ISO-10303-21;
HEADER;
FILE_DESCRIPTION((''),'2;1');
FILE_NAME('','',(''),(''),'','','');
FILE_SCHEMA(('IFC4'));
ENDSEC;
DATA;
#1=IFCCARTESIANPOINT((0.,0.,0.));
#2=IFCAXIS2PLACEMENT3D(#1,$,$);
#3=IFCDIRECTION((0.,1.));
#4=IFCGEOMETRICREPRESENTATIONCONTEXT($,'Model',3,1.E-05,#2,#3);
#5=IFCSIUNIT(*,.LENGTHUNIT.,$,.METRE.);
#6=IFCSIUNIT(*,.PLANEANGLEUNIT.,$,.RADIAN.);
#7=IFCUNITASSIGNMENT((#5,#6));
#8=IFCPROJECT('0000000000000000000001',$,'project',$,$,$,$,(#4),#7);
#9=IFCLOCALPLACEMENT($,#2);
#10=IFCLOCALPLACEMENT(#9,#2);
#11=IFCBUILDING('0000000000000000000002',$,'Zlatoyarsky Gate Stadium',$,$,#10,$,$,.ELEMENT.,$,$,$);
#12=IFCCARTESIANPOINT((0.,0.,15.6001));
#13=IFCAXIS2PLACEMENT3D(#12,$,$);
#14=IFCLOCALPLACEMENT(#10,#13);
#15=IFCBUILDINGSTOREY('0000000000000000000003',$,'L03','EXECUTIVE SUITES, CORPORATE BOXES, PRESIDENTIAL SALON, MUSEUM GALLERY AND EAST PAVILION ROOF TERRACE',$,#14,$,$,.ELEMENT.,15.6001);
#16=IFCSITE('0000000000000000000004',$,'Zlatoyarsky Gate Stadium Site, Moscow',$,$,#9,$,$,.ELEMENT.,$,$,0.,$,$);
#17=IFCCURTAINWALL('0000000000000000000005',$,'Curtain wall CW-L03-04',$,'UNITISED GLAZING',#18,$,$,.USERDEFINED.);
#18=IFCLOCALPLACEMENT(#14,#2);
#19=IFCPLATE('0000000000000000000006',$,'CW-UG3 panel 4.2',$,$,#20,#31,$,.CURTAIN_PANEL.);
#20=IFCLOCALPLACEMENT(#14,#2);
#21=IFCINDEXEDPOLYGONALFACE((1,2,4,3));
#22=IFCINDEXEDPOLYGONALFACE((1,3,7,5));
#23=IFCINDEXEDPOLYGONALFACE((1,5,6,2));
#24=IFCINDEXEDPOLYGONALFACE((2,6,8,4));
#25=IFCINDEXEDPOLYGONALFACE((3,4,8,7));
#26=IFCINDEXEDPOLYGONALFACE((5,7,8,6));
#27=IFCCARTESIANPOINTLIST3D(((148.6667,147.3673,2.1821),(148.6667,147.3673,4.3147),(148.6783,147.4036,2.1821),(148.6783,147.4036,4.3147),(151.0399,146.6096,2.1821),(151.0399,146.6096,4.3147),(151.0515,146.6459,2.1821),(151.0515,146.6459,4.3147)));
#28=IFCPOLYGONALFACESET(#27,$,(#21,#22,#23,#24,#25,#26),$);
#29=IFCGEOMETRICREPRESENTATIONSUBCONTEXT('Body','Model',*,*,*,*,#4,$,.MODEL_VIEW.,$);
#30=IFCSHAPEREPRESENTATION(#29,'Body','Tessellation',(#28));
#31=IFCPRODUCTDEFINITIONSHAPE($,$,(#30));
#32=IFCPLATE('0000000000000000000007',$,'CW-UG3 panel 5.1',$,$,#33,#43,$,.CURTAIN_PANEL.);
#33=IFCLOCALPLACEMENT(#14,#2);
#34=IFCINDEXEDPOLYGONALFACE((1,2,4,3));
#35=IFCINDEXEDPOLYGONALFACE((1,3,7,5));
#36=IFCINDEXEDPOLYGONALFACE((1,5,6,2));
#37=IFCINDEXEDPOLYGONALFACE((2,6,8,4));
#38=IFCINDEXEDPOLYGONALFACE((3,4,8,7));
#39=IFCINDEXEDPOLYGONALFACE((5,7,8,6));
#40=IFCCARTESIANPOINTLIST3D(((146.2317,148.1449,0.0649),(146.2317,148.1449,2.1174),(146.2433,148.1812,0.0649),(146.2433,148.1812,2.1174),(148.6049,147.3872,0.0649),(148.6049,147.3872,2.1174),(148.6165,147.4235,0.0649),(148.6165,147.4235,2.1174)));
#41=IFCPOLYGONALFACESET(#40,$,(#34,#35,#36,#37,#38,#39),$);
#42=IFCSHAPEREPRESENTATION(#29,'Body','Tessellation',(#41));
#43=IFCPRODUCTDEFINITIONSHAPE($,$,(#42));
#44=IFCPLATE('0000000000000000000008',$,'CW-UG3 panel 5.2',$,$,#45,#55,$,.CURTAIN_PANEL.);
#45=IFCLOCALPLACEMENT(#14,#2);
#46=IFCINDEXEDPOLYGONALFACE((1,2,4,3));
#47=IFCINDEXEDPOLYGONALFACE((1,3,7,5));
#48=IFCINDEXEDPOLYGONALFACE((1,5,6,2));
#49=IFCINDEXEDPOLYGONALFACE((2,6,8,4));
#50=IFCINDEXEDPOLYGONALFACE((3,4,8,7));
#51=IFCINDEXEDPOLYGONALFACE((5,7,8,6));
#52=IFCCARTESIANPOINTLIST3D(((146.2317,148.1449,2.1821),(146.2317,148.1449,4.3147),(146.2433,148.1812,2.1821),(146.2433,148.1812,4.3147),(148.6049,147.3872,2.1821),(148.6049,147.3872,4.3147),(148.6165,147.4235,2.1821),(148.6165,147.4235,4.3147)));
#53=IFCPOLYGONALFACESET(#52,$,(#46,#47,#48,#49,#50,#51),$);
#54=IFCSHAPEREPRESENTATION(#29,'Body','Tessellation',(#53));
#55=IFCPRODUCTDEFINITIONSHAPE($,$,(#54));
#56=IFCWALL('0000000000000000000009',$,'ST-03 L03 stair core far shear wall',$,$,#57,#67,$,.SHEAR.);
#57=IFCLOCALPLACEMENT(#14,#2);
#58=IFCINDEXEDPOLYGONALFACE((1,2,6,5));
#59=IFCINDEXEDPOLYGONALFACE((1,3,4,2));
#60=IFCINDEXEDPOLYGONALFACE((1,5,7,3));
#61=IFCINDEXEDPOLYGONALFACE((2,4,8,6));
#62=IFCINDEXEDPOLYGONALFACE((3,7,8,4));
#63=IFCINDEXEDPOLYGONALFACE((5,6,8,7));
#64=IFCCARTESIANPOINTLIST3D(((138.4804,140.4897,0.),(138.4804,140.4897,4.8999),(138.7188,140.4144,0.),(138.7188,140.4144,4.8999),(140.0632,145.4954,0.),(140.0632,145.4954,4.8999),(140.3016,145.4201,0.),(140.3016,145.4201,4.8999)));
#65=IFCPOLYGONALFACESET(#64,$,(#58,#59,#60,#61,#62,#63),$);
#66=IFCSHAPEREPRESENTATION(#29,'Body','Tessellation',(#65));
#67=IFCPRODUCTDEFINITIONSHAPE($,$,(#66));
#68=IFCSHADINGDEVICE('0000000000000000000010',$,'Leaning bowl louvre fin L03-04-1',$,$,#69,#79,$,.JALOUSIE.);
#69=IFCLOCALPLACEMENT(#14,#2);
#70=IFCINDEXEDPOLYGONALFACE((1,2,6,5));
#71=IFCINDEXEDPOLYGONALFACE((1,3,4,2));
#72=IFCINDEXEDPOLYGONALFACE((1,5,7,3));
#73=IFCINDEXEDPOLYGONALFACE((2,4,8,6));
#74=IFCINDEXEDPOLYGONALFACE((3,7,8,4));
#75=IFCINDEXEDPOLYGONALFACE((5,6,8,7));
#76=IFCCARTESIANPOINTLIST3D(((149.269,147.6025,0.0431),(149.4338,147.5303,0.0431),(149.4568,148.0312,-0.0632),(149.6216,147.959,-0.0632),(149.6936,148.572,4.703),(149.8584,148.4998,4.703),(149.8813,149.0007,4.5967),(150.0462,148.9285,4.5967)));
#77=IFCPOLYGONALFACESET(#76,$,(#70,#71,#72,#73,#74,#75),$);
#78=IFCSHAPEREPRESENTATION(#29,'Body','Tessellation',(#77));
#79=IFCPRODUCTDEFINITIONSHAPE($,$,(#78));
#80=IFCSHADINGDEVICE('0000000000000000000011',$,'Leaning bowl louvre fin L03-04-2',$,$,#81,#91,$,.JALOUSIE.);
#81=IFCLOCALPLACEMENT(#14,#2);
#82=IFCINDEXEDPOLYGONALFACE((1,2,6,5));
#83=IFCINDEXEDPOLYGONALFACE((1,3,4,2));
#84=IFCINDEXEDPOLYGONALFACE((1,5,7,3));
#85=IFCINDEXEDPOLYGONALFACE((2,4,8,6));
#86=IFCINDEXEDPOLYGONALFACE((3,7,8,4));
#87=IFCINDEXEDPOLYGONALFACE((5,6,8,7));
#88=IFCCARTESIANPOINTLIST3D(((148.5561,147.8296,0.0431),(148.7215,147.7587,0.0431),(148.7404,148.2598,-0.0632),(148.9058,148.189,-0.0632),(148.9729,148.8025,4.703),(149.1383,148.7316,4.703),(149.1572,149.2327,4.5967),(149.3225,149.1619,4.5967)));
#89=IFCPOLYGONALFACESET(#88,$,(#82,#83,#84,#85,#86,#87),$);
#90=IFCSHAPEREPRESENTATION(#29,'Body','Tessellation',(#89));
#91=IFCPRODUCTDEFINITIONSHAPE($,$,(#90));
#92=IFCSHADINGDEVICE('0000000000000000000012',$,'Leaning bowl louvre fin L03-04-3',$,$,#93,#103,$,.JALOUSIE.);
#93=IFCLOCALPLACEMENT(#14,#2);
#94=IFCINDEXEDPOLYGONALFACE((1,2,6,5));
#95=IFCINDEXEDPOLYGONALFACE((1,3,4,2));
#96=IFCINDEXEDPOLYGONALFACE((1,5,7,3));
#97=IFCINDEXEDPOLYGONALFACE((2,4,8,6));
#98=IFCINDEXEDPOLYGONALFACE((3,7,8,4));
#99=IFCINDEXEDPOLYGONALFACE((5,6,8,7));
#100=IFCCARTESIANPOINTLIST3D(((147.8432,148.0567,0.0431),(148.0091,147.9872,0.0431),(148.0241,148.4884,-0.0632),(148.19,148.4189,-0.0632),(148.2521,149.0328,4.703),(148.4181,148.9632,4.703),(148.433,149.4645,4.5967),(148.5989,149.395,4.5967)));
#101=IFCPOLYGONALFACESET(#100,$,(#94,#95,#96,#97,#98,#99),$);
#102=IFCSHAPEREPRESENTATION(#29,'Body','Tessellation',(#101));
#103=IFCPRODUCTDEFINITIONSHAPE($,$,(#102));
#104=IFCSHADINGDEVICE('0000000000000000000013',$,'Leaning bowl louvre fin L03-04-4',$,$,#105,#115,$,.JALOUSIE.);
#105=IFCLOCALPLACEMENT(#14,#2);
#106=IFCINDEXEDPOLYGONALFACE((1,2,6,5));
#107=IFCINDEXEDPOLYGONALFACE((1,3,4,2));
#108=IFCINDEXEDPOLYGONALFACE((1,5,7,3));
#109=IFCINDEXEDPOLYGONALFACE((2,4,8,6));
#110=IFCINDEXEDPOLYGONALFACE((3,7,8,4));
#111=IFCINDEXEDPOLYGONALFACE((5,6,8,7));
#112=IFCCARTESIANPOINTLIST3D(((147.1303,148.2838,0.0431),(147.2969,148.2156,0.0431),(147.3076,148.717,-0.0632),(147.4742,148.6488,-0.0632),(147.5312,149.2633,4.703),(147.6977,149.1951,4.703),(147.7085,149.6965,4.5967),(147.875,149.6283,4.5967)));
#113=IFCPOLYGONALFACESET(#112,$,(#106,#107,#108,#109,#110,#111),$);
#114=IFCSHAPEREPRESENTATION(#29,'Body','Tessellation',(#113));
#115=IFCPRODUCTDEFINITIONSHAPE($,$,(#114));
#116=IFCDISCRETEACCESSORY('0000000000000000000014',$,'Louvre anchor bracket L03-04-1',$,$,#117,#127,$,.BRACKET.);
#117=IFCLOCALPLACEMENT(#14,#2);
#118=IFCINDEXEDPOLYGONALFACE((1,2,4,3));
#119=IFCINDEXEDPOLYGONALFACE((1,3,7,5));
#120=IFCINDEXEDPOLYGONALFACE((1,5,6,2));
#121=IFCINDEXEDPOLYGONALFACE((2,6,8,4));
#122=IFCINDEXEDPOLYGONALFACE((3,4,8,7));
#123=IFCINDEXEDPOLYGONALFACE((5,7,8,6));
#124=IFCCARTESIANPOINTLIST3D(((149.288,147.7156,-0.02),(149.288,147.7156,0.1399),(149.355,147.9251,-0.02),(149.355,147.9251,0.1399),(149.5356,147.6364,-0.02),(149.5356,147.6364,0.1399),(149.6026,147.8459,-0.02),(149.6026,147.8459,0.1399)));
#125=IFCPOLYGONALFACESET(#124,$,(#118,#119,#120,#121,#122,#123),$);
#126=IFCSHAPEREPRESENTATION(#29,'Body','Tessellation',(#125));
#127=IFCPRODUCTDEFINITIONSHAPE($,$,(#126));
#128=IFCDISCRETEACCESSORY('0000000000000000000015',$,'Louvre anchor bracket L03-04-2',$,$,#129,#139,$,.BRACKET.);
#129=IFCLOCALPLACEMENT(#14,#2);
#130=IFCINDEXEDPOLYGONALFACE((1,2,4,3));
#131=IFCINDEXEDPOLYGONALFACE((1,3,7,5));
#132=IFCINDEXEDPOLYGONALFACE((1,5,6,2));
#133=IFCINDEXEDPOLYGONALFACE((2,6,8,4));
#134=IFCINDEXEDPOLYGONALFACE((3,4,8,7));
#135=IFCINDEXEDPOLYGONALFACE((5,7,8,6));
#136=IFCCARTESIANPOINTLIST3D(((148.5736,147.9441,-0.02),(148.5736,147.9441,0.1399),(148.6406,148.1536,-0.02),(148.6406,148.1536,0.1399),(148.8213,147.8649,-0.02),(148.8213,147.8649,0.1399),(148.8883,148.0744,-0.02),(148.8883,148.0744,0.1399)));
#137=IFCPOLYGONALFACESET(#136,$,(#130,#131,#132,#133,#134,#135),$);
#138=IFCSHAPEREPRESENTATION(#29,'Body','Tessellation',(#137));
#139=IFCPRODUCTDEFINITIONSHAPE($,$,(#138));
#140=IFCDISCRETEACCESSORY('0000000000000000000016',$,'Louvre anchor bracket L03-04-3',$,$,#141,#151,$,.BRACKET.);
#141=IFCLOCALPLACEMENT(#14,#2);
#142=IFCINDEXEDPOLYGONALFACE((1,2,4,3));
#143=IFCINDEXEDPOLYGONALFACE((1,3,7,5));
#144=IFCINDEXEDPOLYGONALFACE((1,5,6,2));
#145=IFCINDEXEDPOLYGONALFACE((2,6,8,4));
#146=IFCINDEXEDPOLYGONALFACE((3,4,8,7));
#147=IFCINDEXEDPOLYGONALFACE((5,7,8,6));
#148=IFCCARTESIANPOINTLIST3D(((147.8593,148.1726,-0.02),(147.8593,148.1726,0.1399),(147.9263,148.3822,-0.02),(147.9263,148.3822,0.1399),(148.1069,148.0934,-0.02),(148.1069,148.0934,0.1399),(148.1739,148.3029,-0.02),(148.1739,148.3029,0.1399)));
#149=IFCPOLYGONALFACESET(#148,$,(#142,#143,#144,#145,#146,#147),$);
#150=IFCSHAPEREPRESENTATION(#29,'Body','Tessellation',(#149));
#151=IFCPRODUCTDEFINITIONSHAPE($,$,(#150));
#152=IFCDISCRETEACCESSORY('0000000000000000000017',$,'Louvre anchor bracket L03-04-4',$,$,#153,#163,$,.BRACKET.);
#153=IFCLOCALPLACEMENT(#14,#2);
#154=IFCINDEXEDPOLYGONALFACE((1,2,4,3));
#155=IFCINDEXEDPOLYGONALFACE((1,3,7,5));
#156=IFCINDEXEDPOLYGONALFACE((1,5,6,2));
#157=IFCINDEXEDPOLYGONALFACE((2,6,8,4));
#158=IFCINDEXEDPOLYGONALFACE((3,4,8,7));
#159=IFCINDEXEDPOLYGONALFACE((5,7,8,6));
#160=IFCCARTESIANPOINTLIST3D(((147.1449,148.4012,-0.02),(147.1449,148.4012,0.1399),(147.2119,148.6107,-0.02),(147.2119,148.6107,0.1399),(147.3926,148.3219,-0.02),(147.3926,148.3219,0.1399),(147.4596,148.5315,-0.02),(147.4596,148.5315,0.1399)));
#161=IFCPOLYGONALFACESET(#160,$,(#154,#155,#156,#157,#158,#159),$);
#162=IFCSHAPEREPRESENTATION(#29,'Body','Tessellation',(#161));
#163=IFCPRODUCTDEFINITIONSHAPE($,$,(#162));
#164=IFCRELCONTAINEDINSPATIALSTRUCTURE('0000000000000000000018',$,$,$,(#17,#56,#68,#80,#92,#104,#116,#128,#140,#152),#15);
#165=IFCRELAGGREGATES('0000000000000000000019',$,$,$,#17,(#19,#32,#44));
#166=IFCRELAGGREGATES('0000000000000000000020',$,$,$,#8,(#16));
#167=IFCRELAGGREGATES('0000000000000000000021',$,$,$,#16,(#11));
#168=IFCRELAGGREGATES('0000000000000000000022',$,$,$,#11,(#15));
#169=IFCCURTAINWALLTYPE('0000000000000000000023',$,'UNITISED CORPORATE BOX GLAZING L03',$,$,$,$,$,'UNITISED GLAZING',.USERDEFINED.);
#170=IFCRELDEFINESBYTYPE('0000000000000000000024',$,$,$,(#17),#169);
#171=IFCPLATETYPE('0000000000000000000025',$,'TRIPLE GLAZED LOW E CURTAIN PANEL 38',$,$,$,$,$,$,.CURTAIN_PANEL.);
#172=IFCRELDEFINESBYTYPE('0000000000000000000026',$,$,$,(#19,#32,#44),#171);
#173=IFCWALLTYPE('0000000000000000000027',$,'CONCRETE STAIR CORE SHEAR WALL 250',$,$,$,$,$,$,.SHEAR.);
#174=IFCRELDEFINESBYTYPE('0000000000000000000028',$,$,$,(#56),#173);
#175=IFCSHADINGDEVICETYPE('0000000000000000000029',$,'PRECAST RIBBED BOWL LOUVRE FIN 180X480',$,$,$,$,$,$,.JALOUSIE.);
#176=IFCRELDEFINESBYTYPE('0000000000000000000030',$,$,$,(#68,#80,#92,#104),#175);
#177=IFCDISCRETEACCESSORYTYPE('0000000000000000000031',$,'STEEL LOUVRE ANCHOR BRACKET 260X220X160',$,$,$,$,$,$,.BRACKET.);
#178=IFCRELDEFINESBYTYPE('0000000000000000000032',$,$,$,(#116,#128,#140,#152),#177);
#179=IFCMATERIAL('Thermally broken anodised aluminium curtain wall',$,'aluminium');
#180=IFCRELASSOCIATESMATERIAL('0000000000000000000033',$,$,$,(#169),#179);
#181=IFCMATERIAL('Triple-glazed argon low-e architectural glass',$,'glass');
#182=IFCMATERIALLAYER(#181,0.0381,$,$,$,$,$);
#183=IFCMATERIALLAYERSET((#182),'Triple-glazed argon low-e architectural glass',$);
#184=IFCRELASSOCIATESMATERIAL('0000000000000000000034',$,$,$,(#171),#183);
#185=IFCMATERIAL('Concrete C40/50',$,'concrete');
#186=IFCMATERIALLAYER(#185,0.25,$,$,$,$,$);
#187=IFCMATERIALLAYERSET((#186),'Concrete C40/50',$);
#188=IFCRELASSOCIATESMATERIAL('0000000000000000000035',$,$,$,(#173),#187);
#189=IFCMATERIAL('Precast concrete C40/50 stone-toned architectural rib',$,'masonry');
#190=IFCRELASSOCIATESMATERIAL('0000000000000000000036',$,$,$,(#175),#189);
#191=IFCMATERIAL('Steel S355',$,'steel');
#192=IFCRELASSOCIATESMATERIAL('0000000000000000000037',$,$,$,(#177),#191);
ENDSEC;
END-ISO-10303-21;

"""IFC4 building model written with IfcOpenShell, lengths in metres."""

from ifc_helpers import new_model, si_unit, direction, frame, frame_2d, origin, origin_2d, place, context, subcontext, project, spatial, rectangle, extrude, material, layer, layer_set, material_profile, profile_set, type_object, element, aggregate, save


model = new_model("IFC4")

# Units and contexts
model_context = context("Model", 3, precision=1e-05, world=origin(), true_north=direction((0.0, 1.0)))
body_context = subcontext(model_context, "Body", "Model", "MODEL_VIEW")
ifc_project = project(units=[si_unit("LENGTHUNIT", "METRE"), si_unit("PLANEANGLEUNIT", "RADIAN")], contexts=[model_context])

# Site, building, storey
site_placement = place(None, origin())
site = spatial("IfcSite", under=ifc_project, at=site_placement, Name="Zlatoyarsky Gate Stadium Site, Moscow", CompositionType="ELEMENT", RefElevation=0.0)
building_placement = place(site_placement, origin())
building = spatial("IfcBuilding", under=site, at=building_placement, Name="Zlatoyarsky Gate Stadium", CompositionType="ELEMENT")
storey_placement = place(building_placement, frame((0.0, 0.0, 15.6001)))
storey = spatial("IfcBuildingStorey", under=building, at=storey_placement, Name="L03", Description="EXECUTIVE SUITES, CORPORATE BOXES, PRESIDENTIAL SALON, MUSEUM GALLERY AND EAST PAVILION ROOF TERRACE", CompositionType="ELEMENT", Elevation=15.6001)

# Curtain wall
ifc_material_1 = material(Name="Thermally broken anodised aluminium curtain wall", Category="aluminium")
curtain_wall_type = type_object("IfcCurtainWallType", Name="UNITISED CORPORATE BOX GLAZING L03", ElementType="UNITISED GLAZING", PredefinedType="USERDEFINED", material=ifc_material_1)
curtain_wall_placement = place(storey_placement, origin())
curtain_wall = element("IfcCurtainWall", 1, at=curtain_wall_placement, inside=storey, type_object=curtain_wall_type, Name="Curtain wall CW-L03-04", ObjectType="UNITISED GLAZING", PredefinedType="USERDEFINED")

# Shared definitions
ifc_material_2 = material(Name="Steel S355", Category="steel")

# Plates
ifc_material_3 = material(Name="Triple-glazed argon low-e architectural glass", Category="glass")
ifc_layer_1 = layer(ifc_material_3, 0.0381)
ifc_layer_set_1 = layer_set([ifc_layer_1], Name="Triple-glazed argon low-e architectural glass")
plate_type_1 = type_object("IfcPlateType", Name="TRIPLE GLAZED LOW E CURTAIN PANEL 38", PredefinedType="CURTAIN_PANEL", material=ifc_layer_set_1)
plate_1_placement = place(storey_placement, frame((149.8591, 147.0066, 2.1821), z_axis=(0.0, 0.0, 1.0), x_axis=(-0.95262, 0.304162, 0.0)))
plate_1 = element("IfcPlate", 2, at=plate_1_placement, type_object=plate_type_1, Name="CW-UG3 panel 4.2", PredefinedType="CURTAIN_PANEL", context=body_context, shape_type="SweptSolid", body=[
    extrude(rectangle(XDim=2.4912, YDim=0.0381, at=origin_2d()), origin(), (0.0, 0.0, 1.0), 2.1326),
])
plate_2_placement = place(storey_placement, frame((147.4241, 147.7842, 0.0649), z_axis=(0.0, 0.0, 1.0), x_axis=(-0.95262, 0.304162, 0.0)))
plate_2 = element("IfcPlate", 3, at=plate_2_placement, type_object=plate_type_1, Name="CW-UG3 panel 5.1", PredefinedType="CURTAIN_PANEL", context=body_context, shape_type="SweptSolid", body=[
    extrude(rectangle(XDim=2.4912, YDim=0.0381, at=origin_2d()), origin(), (0.0, 0.0, 1.0), 2.0525),
])
plate_3_placement = place(storey_placement, frame((147.4241, 147.7842, 2.1821), z_axis=(0.0, 0.0, 1.0), x_axis=(-0.95262, 0.304162, 0.0)))
plate_3 = element("IfcPlate", 4, at=plate_3_placement, type_object=plate_type_1, Name="CW-UG3 panel 5.2", PredefinedType="CURTAIN_PANEL", context=body_context, shape_type="SweptSolid", body=[
    extrude(rectangle(XDim=2.4912, YDim=0.0381, at=origin_2d()), origin(), (0.0, 0.0, 1.0), 2.1326),
])
aggregate(curtain_wall, [plate_1, plate_2, plate_3])

# Wall
ifc_material_4 = material(Name="Concrete C40/50", Category="concrete")
ifc_layer_2 = layer(ifc_material_4, 0.25)
ifc_layer_set_2 = layer_set([ifc_layer_2], Name="Concrete C40/50")
wall_type = type_object("IfcWallType", Name="CONCRETE STAIR CORE SHEAR WALL 250", PredefinedType="SHEAR", material=ifc_layer_set_2)
wall_placement = place(storey_placement, frame((140.1824, 145.4578, 0.0), z_axis=(0.0, 0.0, 1.0), x_axis=(-0.301485, -0.953471, 0.0)))
element("IfcWall", 5, at=wall_placement, inside=storey, type_object=wall_type, Name="ST-03 L03 stair core far shear wall", PredefinedType="SHEAR", context=body_context, shape_type="SweptSolid", body=[
    extrude(rectangle(XDim=5.25, YDim=0.25, at=frame_2d((2.625, 0.0))), origin(), (0.0, 0.0, 1.0), 4.8999),
])

# Shading devices
ifc_material_5 = material(Name="Precast concrete C40/50 stone-toned architectural rib", Category="masonry")
ifc_material_profile_1 = material_profile(ifc_material_5, rectangle(XDim=0.1799, YDim=0.48, at=origin_2d()), Name="RIB 180X480")
ifc_profile_set_1 = profile_set([ifc_material_profile_1], Name="Precast concrete C40/50 stone-toned architectural rib")
shading_device_type = type_object("IfcShadingDeviceType", Name="PRECAST RIBBED BOWL LOUVRE FIN 180X480", PredefinedType="JALOUSIE", material=ifc_profile_set_1)
for number, where, z_axis, x_axis, name in (
    (6, (149.4453, 147.7808, -0.01), (0.088846, 0.20288, 0.975165), (-0.916014, 0.401146, 0.0), "Leaning bowl louvre fin L03-04-1"),
    (7, (148.731, 148.0093, -0.01), (0.087211, 0.203595, 0.975163), (-0.919217, 0.393752, 0.0), "Leaning bowl louvre fin L03-04-2"),
    (8, (148.0166, 148.2378, -0.01), (0.085577, 0.204261, 0.975169), (-0.922324, 0.386417, 0.0), "Leaning bowl louvre fin L03-04-3"),
    (9, (147.3022, 148.4663, -0.01), (0.083891, 0.204975, 0.975165), (-0.925488, 0.378777, 0.0), "Leaning bowl louvre fin L03-04-4"),
):
    element("IfcShadingDevice", number, at=place(storey_placement, frame(where, z_axis=z_axis, x_axis=x_axis)), inside=storey, type_object=shading_device_type, Name=name, PredefinedType="JALOUSIE", context=body_context, shape_type="SweptSolid", body=[
        extrude(rectangle(XDim=0.1799, YDim=0.48, at=origin_2d()), origin(), (0.0, 0.0, 1.0), 4.7786),
    ])

# Discrete accessories
discrete_accessory_type = type_object("IfcDiscreteAccessoryType", Name="STEEL LOUVRE ANCHOR BRACKET 260X220X160", PredefinedType="BRACKET", material=ifc_material_2)
for number, where, z_axis, x_axis, name in (
    (10, (149.4453, 147.7808, -0.02), (0.0, 0.0, 1.0), (-0.952451, 0.304691, 0.0), "Louvre anchor bracket L03-04-1"),
    (11, (148.731, 148.0093, -0.02), (0.0, 0.0, 1.0), (-0.952451, 0.304691, 0.0), "Louvre anchor bracket L03-04-2"),
    (12, (148.0166, 148.2378, -0.02), (0.0, 0.0, 1.0), (-0.952451, 0.304691, 0.0), "Louvre anchor bracket L03-04-3"),
    (13, (147.3022, 148.4663, -0.02), (0.0, 0.0, 1.0), (-0.952451, 0.304691, 0.0), "Louvre anchor bracket L03-04-4"),
):
    element("IfcDiscreteAccessory", number, at=place(storey_placement, frame(where, z_axis=z_axis, x_axis=x_axis)), inside=storey, type_object=discrete_accessory_type, Name=name, PredefinedType="BRACKET", context=body_context, shape_type="SweptSolid", body=[
        extrude(rectangle(XDim=0.26, YDim=0.22, at=origin_2d()), origin(), (0.0, 0.0, 1.0), 0.1599),
    ])

save(model, "model.ifc")
